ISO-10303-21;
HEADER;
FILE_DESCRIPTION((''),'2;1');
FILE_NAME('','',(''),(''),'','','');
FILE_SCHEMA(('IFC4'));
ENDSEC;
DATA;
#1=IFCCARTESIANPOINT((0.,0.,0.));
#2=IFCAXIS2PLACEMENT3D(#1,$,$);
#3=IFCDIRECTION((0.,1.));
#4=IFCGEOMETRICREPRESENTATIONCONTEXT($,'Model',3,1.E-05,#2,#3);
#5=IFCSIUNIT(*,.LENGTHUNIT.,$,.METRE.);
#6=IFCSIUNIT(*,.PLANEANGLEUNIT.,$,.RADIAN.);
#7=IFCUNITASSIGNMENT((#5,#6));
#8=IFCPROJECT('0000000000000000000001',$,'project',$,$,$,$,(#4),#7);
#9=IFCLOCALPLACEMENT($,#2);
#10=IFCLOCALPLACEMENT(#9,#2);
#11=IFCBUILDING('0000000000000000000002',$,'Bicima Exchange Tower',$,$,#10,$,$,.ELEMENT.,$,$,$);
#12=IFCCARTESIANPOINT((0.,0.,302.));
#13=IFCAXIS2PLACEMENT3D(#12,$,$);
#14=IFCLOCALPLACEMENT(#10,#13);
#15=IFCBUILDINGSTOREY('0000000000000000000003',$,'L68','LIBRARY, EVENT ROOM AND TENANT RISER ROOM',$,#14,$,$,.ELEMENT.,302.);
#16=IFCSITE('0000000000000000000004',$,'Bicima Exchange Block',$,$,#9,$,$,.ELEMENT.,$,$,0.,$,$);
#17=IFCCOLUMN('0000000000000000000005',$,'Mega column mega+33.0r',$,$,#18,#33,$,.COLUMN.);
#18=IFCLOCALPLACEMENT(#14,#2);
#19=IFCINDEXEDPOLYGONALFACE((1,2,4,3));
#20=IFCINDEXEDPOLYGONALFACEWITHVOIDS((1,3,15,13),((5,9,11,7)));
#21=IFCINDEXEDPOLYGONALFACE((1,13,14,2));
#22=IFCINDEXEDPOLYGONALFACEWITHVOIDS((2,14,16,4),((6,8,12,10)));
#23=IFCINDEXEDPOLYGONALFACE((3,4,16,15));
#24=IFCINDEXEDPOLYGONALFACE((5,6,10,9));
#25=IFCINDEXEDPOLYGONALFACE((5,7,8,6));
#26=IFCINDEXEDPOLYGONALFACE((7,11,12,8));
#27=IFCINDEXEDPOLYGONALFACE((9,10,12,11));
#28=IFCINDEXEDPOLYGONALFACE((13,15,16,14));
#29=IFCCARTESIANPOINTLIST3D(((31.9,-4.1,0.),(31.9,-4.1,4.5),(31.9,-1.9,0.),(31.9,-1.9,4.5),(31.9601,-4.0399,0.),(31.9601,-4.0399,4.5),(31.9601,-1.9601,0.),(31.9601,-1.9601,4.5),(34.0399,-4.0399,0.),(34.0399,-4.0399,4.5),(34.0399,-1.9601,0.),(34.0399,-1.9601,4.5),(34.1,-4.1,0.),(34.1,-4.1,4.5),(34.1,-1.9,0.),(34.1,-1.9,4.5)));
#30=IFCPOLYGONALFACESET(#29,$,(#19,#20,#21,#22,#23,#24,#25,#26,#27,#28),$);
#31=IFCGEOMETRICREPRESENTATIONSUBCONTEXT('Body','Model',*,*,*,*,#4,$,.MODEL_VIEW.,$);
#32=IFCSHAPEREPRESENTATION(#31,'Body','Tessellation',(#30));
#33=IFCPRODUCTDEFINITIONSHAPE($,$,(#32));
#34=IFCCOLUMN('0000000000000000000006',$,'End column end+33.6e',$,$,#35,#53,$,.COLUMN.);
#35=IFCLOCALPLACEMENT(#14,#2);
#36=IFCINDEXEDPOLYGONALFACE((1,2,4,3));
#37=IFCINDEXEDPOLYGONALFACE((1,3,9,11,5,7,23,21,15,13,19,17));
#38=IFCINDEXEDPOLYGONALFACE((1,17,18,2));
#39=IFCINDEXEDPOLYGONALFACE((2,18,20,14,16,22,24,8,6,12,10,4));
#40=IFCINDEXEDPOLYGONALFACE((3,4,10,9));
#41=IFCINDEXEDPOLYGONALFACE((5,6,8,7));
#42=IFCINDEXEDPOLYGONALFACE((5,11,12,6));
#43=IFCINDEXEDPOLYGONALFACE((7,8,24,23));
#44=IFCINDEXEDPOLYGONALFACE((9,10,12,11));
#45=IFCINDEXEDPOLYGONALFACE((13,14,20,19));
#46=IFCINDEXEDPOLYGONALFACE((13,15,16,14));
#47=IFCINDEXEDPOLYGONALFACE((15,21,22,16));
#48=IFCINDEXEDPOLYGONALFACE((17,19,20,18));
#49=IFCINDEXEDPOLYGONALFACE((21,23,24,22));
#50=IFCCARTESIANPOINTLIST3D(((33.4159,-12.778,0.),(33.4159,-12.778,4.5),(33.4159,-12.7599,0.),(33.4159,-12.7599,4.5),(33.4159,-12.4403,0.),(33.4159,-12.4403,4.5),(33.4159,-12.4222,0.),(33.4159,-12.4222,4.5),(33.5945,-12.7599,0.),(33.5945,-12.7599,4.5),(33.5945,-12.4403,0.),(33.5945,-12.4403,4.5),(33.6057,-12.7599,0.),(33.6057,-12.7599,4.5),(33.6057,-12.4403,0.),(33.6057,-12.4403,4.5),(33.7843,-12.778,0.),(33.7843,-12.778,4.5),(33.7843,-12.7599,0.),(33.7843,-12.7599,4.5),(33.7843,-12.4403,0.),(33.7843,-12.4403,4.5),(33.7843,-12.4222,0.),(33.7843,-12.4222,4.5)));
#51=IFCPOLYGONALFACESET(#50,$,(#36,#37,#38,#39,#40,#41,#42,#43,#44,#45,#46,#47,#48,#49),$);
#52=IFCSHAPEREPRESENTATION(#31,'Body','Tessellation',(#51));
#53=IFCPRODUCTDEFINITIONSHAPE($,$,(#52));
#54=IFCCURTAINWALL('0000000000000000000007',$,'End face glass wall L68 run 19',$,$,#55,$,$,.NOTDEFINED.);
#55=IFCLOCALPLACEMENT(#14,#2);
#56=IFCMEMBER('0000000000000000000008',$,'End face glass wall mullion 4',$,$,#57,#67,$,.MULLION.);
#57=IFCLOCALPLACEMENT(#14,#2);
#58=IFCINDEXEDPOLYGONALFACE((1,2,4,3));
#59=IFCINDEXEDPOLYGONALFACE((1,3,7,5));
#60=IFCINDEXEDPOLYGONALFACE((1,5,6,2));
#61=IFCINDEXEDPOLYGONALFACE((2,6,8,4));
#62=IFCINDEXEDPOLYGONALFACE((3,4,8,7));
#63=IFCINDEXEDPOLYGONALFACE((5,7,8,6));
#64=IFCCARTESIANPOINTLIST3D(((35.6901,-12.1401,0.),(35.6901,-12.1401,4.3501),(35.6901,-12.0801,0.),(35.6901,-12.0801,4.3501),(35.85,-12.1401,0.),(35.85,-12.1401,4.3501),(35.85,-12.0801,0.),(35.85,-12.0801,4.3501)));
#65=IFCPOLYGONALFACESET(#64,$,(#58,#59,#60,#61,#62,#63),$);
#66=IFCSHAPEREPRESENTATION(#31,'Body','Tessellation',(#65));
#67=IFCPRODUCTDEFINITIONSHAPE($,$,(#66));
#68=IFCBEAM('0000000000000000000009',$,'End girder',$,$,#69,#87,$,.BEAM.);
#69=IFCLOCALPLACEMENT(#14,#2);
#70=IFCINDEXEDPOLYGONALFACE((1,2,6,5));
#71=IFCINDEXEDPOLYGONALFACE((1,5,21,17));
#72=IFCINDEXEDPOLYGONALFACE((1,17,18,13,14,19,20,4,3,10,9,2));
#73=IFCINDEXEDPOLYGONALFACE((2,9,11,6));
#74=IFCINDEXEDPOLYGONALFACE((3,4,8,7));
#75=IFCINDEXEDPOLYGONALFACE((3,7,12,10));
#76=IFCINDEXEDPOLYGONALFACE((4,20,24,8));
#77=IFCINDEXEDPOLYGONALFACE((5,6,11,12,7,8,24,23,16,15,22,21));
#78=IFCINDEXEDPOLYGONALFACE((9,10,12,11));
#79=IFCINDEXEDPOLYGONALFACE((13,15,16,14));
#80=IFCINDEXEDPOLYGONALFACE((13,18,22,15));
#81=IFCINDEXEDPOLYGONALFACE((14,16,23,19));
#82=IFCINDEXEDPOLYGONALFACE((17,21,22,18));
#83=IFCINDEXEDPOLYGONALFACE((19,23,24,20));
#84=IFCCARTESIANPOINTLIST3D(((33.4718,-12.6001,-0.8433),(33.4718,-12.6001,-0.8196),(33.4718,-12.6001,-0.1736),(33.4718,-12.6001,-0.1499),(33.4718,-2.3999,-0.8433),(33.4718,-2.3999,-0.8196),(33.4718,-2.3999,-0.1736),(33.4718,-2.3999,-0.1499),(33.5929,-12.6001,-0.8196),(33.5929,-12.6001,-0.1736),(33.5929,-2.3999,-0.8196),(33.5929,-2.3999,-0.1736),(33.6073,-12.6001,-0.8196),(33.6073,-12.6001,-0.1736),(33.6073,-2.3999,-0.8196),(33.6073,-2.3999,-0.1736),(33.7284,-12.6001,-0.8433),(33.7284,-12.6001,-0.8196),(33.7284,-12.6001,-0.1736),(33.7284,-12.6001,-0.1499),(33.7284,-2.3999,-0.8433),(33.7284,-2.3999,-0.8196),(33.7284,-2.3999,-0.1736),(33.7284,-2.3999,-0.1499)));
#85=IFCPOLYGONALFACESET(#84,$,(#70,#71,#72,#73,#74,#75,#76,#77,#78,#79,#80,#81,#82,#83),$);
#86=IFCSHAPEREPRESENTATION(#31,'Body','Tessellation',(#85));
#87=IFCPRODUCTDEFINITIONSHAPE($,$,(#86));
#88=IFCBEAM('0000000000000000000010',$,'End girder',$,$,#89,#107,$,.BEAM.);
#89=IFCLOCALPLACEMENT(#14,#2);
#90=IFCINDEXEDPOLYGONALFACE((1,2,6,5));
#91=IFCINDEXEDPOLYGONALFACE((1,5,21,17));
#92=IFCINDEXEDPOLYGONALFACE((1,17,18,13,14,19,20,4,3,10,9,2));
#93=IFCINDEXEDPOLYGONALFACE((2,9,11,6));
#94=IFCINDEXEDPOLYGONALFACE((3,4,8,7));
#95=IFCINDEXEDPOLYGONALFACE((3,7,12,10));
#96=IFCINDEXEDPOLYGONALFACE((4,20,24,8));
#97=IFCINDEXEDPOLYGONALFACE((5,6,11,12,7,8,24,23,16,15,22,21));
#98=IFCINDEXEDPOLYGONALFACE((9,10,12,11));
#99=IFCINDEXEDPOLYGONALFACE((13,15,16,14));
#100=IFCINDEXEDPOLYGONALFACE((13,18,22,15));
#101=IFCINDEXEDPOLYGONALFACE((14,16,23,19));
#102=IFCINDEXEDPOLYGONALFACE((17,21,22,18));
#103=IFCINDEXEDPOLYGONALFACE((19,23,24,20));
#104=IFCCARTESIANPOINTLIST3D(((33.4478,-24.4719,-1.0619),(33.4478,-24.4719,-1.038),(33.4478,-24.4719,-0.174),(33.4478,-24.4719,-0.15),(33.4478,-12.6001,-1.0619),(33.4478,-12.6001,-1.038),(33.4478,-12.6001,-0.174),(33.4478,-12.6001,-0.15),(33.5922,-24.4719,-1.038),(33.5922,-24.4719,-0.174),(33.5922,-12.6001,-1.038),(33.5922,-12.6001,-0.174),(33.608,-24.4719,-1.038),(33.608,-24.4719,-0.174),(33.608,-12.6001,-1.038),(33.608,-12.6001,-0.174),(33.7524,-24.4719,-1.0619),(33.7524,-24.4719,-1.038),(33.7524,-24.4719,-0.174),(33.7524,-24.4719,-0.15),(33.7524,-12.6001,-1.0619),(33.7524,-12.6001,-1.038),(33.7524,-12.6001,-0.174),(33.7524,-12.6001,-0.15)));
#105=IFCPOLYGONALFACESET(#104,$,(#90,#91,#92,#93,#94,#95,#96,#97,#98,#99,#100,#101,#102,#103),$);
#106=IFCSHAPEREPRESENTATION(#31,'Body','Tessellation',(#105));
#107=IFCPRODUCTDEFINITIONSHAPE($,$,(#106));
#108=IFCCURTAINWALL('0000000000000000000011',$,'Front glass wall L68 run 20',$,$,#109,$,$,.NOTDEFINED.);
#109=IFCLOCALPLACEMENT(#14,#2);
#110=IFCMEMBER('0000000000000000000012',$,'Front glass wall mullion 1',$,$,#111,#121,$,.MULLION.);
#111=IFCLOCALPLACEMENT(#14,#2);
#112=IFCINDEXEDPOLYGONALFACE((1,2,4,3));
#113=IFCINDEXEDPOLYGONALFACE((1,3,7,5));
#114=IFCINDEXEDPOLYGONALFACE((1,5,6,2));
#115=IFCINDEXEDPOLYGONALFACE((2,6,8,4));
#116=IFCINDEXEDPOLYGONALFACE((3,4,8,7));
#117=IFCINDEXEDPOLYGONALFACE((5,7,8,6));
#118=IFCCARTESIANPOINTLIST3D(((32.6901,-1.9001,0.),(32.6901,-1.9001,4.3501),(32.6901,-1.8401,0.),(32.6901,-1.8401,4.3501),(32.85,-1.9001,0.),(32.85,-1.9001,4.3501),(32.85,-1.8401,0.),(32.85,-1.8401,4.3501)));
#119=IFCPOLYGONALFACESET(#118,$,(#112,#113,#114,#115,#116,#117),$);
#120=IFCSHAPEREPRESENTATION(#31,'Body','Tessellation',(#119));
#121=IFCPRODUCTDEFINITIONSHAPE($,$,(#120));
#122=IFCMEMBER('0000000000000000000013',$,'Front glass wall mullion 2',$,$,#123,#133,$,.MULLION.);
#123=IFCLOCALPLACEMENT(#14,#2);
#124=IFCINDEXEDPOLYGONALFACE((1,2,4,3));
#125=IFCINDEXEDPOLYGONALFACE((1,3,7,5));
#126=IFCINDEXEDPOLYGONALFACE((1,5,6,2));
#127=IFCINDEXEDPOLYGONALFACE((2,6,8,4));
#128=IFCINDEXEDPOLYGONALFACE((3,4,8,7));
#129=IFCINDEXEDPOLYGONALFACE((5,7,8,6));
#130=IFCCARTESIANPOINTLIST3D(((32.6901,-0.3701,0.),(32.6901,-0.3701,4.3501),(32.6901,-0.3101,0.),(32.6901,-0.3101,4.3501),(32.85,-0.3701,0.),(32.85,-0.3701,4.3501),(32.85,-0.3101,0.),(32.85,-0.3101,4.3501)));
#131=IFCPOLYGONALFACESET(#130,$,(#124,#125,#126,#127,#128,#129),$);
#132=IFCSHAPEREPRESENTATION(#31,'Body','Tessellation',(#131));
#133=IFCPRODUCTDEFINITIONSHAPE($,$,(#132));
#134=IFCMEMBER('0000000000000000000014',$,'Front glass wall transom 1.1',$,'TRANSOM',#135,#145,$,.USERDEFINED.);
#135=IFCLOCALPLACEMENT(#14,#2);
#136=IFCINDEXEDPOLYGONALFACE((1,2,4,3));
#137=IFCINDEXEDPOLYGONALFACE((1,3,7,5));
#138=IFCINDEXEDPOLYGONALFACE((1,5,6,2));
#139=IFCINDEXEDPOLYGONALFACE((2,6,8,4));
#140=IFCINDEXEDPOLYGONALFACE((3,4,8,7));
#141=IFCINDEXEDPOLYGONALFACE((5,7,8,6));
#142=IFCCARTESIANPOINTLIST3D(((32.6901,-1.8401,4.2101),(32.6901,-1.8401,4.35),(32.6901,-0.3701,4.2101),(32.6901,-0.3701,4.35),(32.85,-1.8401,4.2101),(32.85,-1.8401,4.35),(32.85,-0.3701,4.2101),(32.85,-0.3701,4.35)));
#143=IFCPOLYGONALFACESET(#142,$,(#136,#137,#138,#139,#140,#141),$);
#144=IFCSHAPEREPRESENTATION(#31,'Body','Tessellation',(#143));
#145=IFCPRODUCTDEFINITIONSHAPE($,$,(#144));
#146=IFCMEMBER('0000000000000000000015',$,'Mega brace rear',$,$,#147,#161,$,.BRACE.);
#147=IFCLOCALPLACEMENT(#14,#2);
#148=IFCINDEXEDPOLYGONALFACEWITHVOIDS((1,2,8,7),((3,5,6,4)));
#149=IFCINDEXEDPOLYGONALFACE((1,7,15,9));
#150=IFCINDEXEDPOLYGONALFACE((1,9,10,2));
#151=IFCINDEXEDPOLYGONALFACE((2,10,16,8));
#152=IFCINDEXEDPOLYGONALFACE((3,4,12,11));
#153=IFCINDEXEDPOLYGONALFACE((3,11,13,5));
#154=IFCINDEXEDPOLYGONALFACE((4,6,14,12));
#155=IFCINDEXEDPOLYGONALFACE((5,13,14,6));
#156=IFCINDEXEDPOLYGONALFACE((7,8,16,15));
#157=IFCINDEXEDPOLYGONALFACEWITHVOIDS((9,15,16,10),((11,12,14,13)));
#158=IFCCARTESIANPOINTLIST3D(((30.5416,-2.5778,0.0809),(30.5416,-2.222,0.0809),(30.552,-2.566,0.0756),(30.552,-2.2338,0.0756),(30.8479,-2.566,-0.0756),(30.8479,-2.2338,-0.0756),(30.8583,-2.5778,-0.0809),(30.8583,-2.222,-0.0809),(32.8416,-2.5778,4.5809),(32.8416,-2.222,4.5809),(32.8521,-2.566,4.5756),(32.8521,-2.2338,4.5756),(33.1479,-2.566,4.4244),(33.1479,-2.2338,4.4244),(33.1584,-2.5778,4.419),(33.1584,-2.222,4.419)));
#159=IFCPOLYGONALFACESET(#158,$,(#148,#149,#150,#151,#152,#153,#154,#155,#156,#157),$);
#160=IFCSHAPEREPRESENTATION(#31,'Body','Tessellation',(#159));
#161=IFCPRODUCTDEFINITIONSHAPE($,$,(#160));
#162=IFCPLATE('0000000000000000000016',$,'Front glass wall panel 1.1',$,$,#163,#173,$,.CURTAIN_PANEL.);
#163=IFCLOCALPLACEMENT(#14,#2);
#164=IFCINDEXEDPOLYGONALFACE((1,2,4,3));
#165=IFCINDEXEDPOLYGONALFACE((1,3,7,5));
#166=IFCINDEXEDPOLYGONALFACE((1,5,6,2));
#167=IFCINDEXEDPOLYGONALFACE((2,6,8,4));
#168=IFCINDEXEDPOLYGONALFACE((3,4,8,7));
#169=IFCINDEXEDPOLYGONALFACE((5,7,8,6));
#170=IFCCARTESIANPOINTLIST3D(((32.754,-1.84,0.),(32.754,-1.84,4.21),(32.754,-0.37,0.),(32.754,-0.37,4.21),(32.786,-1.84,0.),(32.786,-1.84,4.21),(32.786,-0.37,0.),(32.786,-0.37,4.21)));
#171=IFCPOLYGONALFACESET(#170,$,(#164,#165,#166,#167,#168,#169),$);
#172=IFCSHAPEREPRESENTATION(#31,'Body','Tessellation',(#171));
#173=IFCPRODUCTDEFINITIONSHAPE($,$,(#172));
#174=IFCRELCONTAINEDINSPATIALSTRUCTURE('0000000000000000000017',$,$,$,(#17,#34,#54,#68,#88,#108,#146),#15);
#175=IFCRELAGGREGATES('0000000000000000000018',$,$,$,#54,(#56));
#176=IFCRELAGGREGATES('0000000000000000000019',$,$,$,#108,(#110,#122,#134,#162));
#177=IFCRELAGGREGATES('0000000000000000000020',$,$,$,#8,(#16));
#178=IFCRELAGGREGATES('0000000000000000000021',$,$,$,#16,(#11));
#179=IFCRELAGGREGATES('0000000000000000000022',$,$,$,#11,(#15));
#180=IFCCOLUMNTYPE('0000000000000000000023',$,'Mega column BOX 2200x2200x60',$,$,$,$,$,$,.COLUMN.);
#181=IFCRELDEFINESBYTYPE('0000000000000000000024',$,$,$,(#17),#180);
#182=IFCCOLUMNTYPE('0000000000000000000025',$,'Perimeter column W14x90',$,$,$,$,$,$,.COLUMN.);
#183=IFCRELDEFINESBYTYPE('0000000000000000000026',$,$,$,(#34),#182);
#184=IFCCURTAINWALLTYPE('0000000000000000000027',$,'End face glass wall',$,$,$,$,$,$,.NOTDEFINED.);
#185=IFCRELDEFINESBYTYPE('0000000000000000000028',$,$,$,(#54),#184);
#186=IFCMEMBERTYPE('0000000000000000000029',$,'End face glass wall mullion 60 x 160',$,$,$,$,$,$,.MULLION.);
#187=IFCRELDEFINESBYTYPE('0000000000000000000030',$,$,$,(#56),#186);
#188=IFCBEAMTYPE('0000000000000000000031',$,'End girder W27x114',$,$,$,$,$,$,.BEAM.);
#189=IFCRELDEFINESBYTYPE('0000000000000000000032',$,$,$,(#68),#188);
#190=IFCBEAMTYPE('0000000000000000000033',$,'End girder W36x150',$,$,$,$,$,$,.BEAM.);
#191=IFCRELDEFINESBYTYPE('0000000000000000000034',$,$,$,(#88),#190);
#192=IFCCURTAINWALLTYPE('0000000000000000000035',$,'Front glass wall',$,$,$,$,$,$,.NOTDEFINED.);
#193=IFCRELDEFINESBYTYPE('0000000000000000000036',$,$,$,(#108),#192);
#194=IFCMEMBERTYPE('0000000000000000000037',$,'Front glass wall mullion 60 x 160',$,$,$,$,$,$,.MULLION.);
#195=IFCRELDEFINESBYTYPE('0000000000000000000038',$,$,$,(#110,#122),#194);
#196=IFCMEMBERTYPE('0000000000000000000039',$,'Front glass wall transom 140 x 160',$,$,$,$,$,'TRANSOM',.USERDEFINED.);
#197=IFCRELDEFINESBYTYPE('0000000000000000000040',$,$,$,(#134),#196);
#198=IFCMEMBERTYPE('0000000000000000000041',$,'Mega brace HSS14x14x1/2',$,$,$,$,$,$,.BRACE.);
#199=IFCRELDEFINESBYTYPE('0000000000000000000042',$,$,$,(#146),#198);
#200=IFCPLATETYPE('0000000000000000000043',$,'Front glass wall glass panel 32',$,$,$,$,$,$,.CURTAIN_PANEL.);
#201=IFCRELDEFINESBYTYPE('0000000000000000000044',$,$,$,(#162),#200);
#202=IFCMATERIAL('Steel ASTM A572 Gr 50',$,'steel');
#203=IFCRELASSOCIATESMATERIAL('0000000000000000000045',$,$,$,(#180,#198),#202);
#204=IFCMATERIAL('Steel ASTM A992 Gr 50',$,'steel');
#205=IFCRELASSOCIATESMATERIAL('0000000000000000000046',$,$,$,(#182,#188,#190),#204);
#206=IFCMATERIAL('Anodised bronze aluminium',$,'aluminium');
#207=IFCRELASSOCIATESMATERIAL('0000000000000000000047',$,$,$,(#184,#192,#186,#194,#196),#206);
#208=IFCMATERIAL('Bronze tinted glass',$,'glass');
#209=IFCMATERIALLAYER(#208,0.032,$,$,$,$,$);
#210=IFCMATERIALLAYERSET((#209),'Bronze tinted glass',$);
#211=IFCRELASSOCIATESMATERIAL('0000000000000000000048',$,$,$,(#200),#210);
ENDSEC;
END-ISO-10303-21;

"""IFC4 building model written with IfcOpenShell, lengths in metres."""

from ifc_helpers import new_model, si_unit, direction, frame, origin, origin_2d, place, context, subcontext, project, spatial, rectangle, hollow_rectangle, i_section, extrude, material, layer, layer_set, material_profile, profile_set, type_object, element, aggregate, save


model = new_model("IFC4")

# Units and contexts
model_context = context("Model", 3, precision=1e-05, world=origin(), true_north=direction((0.0, 1.0)))
body_context = subcontext(model_context, "Body", "Model", "MODEL_VIEW")
ifc_project = project(units=[si_unit("LENGTHUNIT", "METRE"), si_unit("PLANEANGLEUNIT", "RADIAN")], contexts=[model_context])

# Site, building, storey
site_placement = place(None, origin())
site = spatial("IfcSite", under=ifc_project, at=site_placement, Name="Bicima Exchange Block", CompositionType="ELEMENT", RefElevation=0.0)
building_placement = place(site_placement, origin())
building = spatial("IfcBuilding", under=site, at=building_placement, Name="Bicima Exchange Tower", CompositionType="ELEMENT")
storey_placement = place(building_placement, frame((0.0, 0.0, 302.0)))
storey = spatial("IfcBuildingStorey", under=building, at=storey_placement, Name="L68", Description="LIBRARY, EVENT ROOM AND TENANT RISER ROOM", CompositionType="ELEMENT", Elevation=302.0)

# Columns
ifc_material_1 = material(Name="Steel ASTM A572 Gr 50", Category="steel")
ifc_material_profile_1 = material_profile(ifc_material_1, hollow_rectangle(XDim=2.2, YDim=2.2, WallThickness=0.0601, at=origin_2d()))
ifc_profile_set_1 = profile_set([ifc_material_profile_1], Name="Steel ASTM A572 Gr 50")
column_type_1 = type_object("IfcColumnType", Name="Mega column BOX 2200x2200x60", PredefinedType="COLUMN", material=ifc_profile_set_1)
column_1_placement = place(storey_placement, frame((33.0, -3.0, 0.0), z_axis=(0.0, 0.0, 1.0), x_axis=(1.0, 0.0, 0.0)))
element("IfcColumn", 1, at=column_1_placement, inside=storey, type_object=column_type_1, Name="Mega column mega+33.0r", PredefinedType="COLUMN", context=body_context, shape_type="SweptSolid", body=[
    extrude(hollow_rectangle(XDim=2.2, YDim=2.2, WallThickness=0.0601, at=origin_2d()), origin(), (0.0, 0.0, 1.0), 4.5),
])
ifc_material_2 = material(Name="Steel ASTM A992 Gr 50", Category="steel")
ifc_material_profile_2 = material_profile(ifc_material_2, i_section(OverallWidth=0.3684, OverallDepth=0.3557, WebThickness=0.0112, FlangeThickness=0.0181, at=origin_2d()))
ifc_profile_set_2 = profile_set([ifc_material_profile_2], Name="Steel ASTM A992 Gr 50")
column_type_2 = type_object("IfcColumnType", Name="Perimeter column W14x90", PredefinedType="COLUMN", material=ifc_profile_set_2)
column_2_placement = place(storey_placement, frame((33.6001, -12.6001, 0.0), z_axis=(0.0, 0.0, 1.0), x_axis=(1.0, 0.0, 0.0)))
element("IfcColumn", 2, at=column_2_placement, inside=storey, type_object=column_type_2, Name="End column end+33.6e", PredefinedType="COLUMN", context=body_context, shape_type="SweptSolid", body=[
    extrude(i_section(OverallWidth=0.3684, OverallDepth=0.3557, WebThickness=0.0112, FlangeThickness=0.0181, at=origin_2d()), origin(), (0.0, 0.0, 1.0), 4.5),
])

# Curtain wall, member
ifc_material_3 = material(Name="Anodised bronze aluminium", Category="aluminium")
curtain_wall_type_1 = type_object("IfcCurtainWallType", Name="End face glass wall", PredefinedType="NOTDEFINED", material=ifc_material_3)
curtain_wall_1_placement = place(storey_placement, origin())
curtain_wall_1 = element("IfcCurtainWall", 3, at=curtain_wall_1_placement, inside=storey, type_object=curtain_wall_type_1, Name="End face glass wall L68 run 19", PredefinedType="NOTDEFINED")
ifc_material_profile_3 = material_profile(ifc_material_3, rectangle(XDim=0.1599, YDim=0.0601, at=origin_2d()))
ifc_profile_set_3 = profile_set([ifc_material_profile_3], Name="Anodised bronze aluminium")
member_type_1 = type_object("IfcMemberType", Name="End face glass wall mullion 60 x 160", PredefinedType="MULLION", material=ifc_profile_set_3)
member_1_placement = place(storey_placement, frame((35.77, -12.1101, 0.0), z_axis=(0.0, 0.0, 1.0), x_axis=(-1.0, 0.0, 0.0)))
member_1 = element("IfcMember", 4, at=member_1_placement, type_object=member_type_1, Name="End face glass wall mullion 4", PredefinedType="MULLION", context=body_context, shape_type="SweptSolid", body=[
    extrude(rectangle(XDim=0.1599, YDim=0.0601, at=origin_2d()), origin(), (0.0, 0.0, 1.0), 4.3501),
])
aggregate(curtain_wall_1, [member_1])

# Beams
ifc_material_profile_4 = material_profile(ifc_material_2, i_section(OverallWidth=0.2566, OverallDepth=0.6934, WebThickness=0.0144, FlangeThickness=0.0237, at=origin_2d()))
ifc_profile_set_4 = profile_set([ifc_material_profile_4], Name="Steel ASTM A992 Gr 50")
beam_type_1 = type_object("IfcBeamType", Name="End girder W27x114", PredefinedType="BEAM", material=ifc_profile_set_4)
beam_1_placement = place(storey_placement, frame((33.6001, -2.3999, -0.4966), z_axis=(0.0, -1.0, 0.0), x_axis=(1.0, 0.0, 0.0)))
element("IfcBeam", 5, at=beam_1_placement, inside=storey, type_object=beam_type_1, Name="End girder", PredefinedType="BEAM", context=body_context, shape_type="SweptSolid", body=[
    extrude(i_section(OverallWidth=0.2566, OverallDepth=0.6934, WebThickness=0.0144, FlangeThickness=0.0237, at=origin_2d()), origin(), (0.0, 0.0, 1.0), 10.2002),
])
ifc_material_profile_5 = material_profile(ifc_material_2, i_section(OverallWidth=0.3047, OverallDepth=0.9119, WebThickness=0.0159, FlangeThickness=0.0239, at=origin_2d()))
ifc_profile_set_5 = profile_set([ifc_material_profile_5], Name="Steel ASTM A992 Gr 50")
beam_type_2 = type_object("IfcBeamType", Name="End girder W36x150", PredefinedType="BEAM", material=ifc_profile_set_5)
beam_2_placement = place(storey_placement, frame((33.6001, -12.6001, -0.606), z_axis=(0.0, -1.0, 0.0), x_axis=(1.0, 0.0, 0.0)))
element("IfcBeam", 6, at=beam_2_placement, inside=storey, type_object=beam_type_2, Name="End girder", PredefinedType="BEAM", context=body_context, shape_type="SweptSolid", body=[
    extrude(i_section(OverallWidth=0.3047, OverallDepth=0.9119, WebThickness=0.0159, FlangeThickness=0.0239, at=origin_2d()), origin(), (0.0, 0.0, 1.0), 11.8718),
])

# Curtain wall, members
curtain_wall_type_2 = type_object("IfcCurtainWallType", Name="Front glass wall", PredefinedType="NOTDEFINED", material=ifc_material_3)
curtain_wall_2_placement = place(storey_placement, origin())
curtain_wall_2 = element("IfcCurtainWall", 7, at=curtain_wall_2_placement, inside=storey, type_object=curtain_wall_type_2, Name="Front glass wall L68 run 20", PredefinedType="NOTDEFINED")
member_type_2 = type_object("IfcMemberType", Name="Front glass wall mullion 60 x 160", PredefinedType="MULLION", material=ifc_profile_set_3)
member_2_placement = place(storey_placement, frame((32.77, -1.8701, 0.0), z_axis=(0.0, 0.0, 1.0), x_axis=(-1.0, 0.0, 0.0)))
member_2 = element("IfcMember", 8, at=member_2_placement, type_object=member_type_2, Name="Front glass wall mullion 1", PredefinedType="MULLION", context=body_context, shape_type="SweptSolid", body=[
    extrude(rectangle(XDim=0.1599, YDim=0.0601, at=origin_2d()), origin(), (0.0, 0.0, 1.0), 4.3501),
])
member_3_placement = place(storey_placement, frame((32.77, -0.3401, 0.0), z_axis=(0.0, 0.0, 1.0), x_axis=(-1.0, 0.0, 0.0)))
member_3 = element("IfcMember", 9, at=member_3_placement, type_object=member_type_2, Name="Front glass wall mullion 2", PredefinedType="MULLION", context=body_context, shape_type="SweptSolid", body=[
    extrude(rectangle(XDim=0.1599, YDim=0.0601, at=origin_2d()), origin(), (0.0, 0.0, 1.0), 4.3501),
])
ifc_material_profile_6 = material_profile(ifc_material_3, rectangle(XDim=0.1599, YDim=0.1399, at=origin_2d()))
ifc_profile_set_6 = profile_set([ifc_material_profile_6], Name="Anodised bronze aluminium")
member_type_3 = type_object("IfcMemberType", Name="Front glass wall transom 140 x 160", ElementType="TRANSOM", PredefinedType="USERDEFINED", material=ifc_profile_set_6)
member_4_placement = place(storey_placement, frame((32.77, -1.8401, 4.28), z_axis=(0.0, 1.0, 0.0), x_axis=(-1.0, 0.0, 0.0)))
member_4 = element("IfcMember", 10, at=member_4_placement, type_object=member_type_3, Name="Front glass wall transom 1.1", ObjectType="TRANSOM", PredefinedType="USERDEFINED", context=body_context, shape_type="SweptSolid", body=[
    extrude(rectangle(XDim=0.1599, YDim=0.1399, at=origin_2d()), origin(), (0.0, 0.0, 1.0), 1.47),
])

# Member
ifc_material_profile_7 = material_profile(ifc_material_1, hollow_rectangle(XDim=0.3557, YDim=0.3557, WallThickness=0.0117, at=origin_2d()))
ifc_profile_set_7 = profile_set([ifc_material_profile_7], Name="Steel ASTM A572 Gr 50")
member_type_4 = type_object("IfcMemberType", Name="Mega brace HSS14x14x1/2", PredefinedType="BRACE", material=ifc_profile_set_7)
member_5_placement = place(storey_placement, frame((30.7, -2.3999, 0.0), z_axis=(0.455119, 0.0, 0.890431), x_axis=(0.0, 1.0, 0.0)))
element("IfcMember", 11, at=member_5_placement, inside=storey, type_object=member_type_4, Name="Mega brace rear", PredefinedType="BRACE", context=body_context, shape_type="SweptSolid", body=[
    extrude(hollow_rectangle(XDim=0.3557, YDim=0.3557, WallThickness=0.0117, at=origin_2d()), origin(), (0.0, 0.0, 1.0), 5.0537),
])

# Plate
ifc_material_4 = material(Name="Bronze tinted glass", Category="glass")
ifc_layer_1 = layer(ifc_material_4, 0.032)
ifc_layer_set_1 = layer_set([ifc_layer_1], Name="Bronze tinted glass")
plate_type = type_object("IfcPlateType", Name="Front glass wall glass panel 32", PredefinedType="CURTAIN_PANEL", material=ifc_layer_set_1)
plate_placement = place(storey_placement, frame((32.77, -1.105, 0.0), z_axis=(0.0, 0.0, 1.0), x_axis=(0.0, 1.0, 0.0)))
plate = element("IfcPlate", 12, at=plate_placement, type_object=plate_type, Name="Front glass wall panel 1.1", PredefinedType="CURTAIN_PANEL", context=body_context, shape_type="SweptSolid", body=[
    extrude(rectangle(XDim=1.47, YDim=0.032, at=origin_2d()), origin(), (0.0, 0.0, 1.0), 4.21),
])
aggregate(curtain_wall_2, [member_2, member_3, member_4, plate])

save(model, "model.ifc")
